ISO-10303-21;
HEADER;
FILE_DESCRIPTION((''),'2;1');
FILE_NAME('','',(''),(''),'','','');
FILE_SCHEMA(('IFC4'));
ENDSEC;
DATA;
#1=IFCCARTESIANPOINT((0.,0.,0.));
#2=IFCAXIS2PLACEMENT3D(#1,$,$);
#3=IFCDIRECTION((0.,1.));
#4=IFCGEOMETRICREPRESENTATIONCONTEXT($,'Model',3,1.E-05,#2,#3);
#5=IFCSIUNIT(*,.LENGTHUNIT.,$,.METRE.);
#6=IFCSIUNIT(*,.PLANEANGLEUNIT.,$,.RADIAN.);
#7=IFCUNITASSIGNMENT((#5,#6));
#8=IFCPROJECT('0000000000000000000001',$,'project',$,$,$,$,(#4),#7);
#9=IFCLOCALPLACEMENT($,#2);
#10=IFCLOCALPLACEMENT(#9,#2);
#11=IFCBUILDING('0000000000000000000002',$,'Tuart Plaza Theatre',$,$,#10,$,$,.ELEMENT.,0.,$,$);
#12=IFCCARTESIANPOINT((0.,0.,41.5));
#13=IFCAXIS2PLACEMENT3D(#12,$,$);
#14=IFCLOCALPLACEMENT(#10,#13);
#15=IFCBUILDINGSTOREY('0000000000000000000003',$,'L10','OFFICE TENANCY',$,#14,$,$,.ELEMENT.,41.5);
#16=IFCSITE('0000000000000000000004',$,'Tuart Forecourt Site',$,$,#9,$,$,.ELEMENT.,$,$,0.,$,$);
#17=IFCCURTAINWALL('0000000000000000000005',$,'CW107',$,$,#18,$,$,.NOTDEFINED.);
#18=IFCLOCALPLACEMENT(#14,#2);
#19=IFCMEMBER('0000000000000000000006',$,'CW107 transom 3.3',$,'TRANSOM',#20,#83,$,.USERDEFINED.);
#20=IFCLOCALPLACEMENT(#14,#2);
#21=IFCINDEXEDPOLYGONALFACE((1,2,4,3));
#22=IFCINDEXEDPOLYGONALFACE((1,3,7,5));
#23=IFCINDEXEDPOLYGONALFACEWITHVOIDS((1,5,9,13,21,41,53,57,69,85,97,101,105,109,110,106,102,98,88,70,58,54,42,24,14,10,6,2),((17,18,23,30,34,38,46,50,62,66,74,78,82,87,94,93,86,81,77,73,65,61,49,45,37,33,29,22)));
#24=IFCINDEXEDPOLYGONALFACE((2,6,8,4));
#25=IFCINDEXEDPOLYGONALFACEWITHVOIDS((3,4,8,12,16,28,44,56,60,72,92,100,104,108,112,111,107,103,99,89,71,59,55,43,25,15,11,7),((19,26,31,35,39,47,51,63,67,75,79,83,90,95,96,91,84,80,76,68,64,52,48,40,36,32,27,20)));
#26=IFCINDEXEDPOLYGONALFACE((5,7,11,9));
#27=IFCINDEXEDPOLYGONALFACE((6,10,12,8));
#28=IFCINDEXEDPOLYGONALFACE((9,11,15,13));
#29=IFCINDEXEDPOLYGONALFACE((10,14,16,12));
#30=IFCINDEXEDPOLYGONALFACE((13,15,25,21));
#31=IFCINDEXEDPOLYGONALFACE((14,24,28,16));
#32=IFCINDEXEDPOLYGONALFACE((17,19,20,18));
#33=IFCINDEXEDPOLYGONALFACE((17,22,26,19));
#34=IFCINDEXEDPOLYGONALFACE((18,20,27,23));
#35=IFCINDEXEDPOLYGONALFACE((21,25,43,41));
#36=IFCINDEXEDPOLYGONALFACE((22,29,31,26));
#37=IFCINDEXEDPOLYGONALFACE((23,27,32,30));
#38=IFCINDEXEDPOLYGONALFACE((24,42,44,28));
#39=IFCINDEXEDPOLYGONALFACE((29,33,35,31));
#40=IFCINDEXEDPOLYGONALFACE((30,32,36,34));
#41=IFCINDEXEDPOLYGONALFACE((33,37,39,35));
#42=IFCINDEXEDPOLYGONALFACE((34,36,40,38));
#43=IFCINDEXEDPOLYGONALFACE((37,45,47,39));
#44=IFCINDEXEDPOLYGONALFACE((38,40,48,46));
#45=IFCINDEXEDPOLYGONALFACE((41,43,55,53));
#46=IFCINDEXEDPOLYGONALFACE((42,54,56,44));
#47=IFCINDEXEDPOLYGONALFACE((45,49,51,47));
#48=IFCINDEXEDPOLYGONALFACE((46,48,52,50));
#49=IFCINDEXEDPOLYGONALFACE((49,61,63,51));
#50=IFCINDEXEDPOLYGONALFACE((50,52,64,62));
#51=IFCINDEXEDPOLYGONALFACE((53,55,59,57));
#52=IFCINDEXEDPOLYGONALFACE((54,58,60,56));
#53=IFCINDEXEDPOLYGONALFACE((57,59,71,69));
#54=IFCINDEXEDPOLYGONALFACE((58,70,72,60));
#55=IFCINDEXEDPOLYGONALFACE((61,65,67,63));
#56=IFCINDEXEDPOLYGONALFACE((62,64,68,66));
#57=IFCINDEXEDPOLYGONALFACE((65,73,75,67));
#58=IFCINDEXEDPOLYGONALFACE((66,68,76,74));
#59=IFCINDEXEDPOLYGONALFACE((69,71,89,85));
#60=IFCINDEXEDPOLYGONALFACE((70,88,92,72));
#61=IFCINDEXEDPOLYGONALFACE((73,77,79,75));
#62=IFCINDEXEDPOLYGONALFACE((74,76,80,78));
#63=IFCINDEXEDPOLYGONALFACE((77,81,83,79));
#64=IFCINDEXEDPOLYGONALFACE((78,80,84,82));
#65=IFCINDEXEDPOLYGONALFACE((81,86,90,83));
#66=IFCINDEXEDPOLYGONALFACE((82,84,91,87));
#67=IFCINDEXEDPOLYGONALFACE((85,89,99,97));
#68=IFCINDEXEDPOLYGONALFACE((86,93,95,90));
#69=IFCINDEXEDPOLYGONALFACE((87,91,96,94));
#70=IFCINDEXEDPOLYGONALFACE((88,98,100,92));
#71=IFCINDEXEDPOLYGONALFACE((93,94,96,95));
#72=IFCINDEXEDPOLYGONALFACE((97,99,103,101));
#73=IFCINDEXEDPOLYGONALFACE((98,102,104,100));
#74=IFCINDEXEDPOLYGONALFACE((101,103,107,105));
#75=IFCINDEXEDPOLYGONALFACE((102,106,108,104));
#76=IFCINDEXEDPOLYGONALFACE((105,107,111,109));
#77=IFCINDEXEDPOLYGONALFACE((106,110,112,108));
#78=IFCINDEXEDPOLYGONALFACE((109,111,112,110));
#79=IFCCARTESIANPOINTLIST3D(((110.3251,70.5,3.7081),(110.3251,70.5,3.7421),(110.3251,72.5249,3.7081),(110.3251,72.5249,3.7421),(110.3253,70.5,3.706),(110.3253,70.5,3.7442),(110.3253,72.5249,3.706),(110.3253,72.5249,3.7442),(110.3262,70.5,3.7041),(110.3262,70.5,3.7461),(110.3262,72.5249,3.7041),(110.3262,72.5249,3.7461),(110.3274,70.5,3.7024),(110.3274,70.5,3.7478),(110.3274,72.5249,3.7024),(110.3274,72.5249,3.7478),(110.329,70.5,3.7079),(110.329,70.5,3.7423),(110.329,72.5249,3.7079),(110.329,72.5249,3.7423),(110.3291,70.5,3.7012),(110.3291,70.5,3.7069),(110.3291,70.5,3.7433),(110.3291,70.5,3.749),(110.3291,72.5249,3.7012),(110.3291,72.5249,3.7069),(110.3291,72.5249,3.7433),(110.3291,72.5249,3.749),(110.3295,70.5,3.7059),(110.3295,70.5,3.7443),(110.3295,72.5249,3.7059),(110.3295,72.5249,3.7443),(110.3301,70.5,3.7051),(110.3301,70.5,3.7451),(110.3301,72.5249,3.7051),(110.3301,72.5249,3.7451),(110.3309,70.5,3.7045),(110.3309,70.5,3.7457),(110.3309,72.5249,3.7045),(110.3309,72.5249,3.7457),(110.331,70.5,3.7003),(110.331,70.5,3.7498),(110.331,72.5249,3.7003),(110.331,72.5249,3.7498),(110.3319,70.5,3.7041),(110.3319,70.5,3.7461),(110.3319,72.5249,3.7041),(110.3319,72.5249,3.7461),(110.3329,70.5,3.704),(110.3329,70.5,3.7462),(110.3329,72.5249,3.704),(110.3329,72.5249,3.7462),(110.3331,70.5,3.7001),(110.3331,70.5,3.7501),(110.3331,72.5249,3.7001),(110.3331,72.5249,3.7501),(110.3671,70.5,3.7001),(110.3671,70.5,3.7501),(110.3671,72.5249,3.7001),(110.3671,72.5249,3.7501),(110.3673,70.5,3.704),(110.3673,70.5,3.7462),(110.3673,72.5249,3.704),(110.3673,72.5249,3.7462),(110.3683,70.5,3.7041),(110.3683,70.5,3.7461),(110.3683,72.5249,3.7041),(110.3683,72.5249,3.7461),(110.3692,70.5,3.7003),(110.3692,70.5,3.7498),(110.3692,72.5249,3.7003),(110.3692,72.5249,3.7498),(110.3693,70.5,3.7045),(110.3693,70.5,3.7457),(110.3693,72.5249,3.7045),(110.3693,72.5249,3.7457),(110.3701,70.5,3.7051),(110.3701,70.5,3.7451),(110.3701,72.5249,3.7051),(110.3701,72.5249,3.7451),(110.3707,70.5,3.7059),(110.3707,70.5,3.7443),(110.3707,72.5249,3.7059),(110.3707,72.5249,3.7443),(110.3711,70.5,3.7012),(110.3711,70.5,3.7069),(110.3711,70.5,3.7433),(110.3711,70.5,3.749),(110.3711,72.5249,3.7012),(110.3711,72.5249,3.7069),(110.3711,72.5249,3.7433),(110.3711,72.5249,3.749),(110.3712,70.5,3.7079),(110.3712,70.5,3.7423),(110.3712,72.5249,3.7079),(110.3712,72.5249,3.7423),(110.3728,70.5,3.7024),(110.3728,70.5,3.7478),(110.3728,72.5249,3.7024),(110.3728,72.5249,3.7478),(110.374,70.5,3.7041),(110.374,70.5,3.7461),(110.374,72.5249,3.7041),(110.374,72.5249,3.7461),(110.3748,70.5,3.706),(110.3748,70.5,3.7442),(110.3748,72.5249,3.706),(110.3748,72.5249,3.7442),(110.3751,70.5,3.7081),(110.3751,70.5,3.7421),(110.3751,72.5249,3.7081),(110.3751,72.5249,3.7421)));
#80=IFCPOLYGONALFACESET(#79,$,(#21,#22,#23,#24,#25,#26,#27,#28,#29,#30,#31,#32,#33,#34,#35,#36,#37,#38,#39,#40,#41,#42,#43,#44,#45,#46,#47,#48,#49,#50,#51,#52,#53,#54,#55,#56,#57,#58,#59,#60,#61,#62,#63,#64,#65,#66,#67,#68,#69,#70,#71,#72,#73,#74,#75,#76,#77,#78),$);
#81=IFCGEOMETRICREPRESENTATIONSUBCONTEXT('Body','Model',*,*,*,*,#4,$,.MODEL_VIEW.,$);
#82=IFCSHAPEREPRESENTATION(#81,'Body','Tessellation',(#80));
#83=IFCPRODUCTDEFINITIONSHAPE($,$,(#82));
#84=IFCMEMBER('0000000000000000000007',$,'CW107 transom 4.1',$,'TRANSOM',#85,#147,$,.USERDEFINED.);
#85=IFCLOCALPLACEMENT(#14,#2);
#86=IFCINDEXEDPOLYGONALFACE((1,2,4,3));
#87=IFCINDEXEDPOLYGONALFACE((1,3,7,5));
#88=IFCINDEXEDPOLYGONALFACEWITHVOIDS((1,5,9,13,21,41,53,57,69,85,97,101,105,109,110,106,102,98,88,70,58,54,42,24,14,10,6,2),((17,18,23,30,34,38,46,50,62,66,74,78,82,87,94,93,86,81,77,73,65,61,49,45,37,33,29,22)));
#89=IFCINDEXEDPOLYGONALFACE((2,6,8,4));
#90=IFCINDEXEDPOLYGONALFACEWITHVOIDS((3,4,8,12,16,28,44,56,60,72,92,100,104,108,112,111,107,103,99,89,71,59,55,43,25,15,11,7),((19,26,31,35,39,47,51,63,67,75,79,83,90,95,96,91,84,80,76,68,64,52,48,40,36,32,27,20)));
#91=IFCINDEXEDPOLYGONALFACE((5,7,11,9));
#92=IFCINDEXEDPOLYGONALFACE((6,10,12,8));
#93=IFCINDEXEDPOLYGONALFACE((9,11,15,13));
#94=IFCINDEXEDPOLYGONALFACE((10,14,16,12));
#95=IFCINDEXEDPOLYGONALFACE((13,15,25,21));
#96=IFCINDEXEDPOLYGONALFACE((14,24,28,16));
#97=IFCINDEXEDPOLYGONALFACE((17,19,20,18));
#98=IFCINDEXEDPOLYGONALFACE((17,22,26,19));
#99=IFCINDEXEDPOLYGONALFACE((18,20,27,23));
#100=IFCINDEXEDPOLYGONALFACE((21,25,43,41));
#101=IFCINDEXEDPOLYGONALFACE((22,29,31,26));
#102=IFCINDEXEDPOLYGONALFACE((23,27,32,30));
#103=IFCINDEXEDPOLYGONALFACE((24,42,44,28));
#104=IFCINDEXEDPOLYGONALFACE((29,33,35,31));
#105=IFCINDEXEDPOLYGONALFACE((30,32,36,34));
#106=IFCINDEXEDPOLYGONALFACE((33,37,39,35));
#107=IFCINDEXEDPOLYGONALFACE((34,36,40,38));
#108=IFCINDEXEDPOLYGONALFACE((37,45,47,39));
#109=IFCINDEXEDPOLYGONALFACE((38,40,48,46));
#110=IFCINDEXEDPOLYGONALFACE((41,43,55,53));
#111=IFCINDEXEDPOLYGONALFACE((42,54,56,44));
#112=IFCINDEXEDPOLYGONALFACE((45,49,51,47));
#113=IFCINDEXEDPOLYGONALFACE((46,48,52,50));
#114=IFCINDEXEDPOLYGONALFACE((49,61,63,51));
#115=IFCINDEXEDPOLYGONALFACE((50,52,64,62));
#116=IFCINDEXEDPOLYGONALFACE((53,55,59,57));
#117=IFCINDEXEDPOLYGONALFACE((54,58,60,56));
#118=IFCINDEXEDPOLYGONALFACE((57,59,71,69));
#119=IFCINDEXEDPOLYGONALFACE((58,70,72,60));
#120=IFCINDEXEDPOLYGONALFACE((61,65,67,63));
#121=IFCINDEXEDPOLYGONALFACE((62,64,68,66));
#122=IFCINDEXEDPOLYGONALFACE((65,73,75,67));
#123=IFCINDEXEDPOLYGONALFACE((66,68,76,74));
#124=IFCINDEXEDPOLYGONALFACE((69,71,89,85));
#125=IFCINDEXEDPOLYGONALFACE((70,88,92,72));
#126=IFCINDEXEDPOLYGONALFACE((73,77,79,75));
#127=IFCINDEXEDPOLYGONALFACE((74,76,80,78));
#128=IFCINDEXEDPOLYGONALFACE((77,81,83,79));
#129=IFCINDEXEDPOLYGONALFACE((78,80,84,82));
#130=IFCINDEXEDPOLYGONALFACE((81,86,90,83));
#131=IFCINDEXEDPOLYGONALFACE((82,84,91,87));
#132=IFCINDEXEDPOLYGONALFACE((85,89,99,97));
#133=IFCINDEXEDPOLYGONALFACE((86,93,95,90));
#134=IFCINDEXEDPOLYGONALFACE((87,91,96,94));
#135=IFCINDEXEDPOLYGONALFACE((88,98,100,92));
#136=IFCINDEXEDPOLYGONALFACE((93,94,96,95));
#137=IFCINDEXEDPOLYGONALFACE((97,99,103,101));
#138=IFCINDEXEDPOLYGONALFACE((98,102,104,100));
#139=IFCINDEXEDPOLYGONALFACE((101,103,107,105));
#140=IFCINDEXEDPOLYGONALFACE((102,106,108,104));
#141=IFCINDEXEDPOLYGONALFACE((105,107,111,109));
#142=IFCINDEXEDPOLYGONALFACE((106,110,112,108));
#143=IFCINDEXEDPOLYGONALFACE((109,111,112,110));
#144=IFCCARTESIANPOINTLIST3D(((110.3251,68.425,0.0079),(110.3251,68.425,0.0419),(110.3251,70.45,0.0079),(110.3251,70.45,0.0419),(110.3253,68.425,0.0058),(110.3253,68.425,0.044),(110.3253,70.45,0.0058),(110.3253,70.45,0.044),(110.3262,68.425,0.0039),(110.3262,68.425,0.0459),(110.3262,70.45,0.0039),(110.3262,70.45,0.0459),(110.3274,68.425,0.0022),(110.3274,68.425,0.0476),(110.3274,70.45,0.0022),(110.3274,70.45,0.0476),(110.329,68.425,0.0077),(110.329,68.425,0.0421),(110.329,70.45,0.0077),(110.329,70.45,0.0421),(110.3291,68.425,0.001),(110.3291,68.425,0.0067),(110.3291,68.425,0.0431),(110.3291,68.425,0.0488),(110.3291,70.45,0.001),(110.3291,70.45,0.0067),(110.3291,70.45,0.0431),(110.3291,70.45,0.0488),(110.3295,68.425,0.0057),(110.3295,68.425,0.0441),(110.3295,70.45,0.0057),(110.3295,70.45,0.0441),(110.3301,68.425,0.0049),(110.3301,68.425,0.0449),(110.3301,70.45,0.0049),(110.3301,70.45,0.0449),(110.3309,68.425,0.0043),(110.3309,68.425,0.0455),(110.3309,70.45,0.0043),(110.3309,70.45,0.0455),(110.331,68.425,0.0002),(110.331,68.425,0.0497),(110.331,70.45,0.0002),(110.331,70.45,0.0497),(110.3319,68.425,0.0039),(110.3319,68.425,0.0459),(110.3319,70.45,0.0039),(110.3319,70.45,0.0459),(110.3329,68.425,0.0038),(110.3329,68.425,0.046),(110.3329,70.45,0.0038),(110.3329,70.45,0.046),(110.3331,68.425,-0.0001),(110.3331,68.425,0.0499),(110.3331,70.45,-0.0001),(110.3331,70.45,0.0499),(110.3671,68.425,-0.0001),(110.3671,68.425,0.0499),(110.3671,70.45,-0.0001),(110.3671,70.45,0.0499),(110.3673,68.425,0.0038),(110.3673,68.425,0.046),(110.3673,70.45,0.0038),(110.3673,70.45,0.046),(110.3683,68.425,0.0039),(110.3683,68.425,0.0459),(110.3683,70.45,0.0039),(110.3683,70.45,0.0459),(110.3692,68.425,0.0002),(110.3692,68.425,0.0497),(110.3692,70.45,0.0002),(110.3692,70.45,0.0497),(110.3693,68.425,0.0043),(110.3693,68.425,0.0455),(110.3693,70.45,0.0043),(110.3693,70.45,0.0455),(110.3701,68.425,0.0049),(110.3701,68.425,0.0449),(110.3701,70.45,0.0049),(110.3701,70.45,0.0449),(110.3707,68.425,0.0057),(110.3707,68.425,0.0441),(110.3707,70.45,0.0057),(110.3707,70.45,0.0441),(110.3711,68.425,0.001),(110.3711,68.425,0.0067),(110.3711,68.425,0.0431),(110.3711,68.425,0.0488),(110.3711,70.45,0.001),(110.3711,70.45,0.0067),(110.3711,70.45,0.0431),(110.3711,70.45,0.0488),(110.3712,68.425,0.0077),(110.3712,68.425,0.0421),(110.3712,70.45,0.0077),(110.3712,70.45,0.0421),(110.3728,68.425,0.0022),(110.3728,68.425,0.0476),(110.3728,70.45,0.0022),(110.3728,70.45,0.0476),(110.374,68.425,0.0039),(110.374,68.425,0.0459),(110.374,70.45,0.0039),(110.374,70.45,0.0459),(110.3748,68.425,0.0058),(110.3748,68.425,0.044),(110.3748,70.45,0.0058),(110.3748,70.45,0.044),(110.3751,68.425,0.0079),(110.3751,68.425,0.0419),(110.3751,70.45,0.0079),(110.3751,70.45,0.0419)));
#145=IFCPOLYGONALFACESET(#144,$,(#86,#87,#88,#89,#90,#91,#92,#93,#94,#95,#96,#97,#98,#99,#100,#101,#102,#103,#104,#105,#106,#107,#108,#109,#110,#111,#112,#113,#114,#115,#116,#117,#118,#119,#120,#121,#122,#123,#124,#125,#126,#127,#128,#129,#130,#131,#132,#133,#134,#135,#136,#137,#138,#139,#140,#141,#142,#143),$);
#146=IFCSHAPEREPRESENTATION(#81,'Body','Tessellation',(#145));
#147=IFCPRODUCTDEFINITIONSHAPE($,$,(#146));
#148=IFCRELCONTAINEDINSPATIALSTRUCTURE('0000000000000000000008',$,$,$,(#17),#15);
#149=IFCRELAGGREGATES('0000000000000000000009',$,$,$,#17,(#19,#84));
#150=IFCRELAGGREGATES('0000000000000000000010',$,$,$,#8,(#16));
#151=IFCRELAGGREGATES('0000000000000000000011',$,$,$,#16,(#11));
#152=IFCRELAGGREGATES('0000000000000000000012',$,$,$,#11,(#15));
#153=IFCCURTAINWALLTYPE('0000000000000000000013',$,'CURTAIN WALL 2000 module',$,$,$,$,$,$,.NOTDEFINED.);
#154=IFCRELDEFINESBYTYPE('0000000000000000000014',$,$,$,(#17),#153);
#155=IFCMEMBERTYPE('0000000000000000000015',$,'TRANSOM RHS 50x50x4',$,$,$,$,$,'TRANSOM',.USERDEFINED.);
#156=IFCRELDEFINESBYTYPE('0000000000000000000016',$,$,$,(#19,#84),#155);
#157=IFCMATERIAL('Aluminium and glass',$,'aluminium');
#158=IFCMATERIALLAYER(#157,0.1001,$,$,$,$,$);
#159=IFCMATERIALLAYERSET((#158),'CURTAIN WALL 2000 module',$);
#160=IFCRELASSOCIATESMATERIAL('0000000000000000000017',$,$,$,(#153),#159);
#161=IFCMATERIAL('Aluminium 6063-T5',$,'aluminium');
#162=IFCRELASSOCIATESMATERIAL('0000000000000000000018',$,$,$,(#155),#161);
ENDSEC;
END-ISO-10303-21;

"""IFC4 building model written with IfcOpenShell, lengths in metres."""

from ifc_helpers import new_model, si_unit, direction, frame, origin, origin_2d, place, context, subcontext, project, spatial, hollow_rectangle, extrude, material, layer, layer_set, material_profile, profile_set, type_object, element, aggregate, save


model = new_model("IFC4")

# Units and contexts
model_context = context("Model", 3, precision=1e-05, world=origin(), true_north=direction((0.0, 1.0)))
body_context = subcontext(model_context, "Body", "Model", "MODEL_VIEW")
ifc_project = project(units=[si_unit("LENGTHUNIT", "METRE"), si_unit("PLANEANGLEUNIT", "RADIAN")], contexts=[model_context])

# Site, building, storey
site_placement = place(None, origin())
site = spatial("IfcSite", under=ifc_project, at=site_placement, Name="Tuart Forecourt Site", CompositionType="ELEMENT", RefElevation=0.0)
building_placement = place(site_placement, origin())
building = spatial("IfcBuilding", under=site, at=building_placement, Name="Tuart Plaza Theatre", CompositionType="ELEMENT", ElevationOfRefHeight=0.0)
storey_placement = place(building_placement, frame((0.0, 0.0, 41.5)))
storey = spatial("IfcBuildingStorey", under=building, at=storey_placement, Name="L10", Description="OFFICE TENANCY", CompositionType="ELEMENT", Elevation=41.5)

# Curtain wall
ifc_material_1 = material(Name="Aluminium and glass", Category="aluminium")
ifc_layer_1 = layer(ifc_material_1, 0.1001)
ifc_layer_set_1 = layer_set([ifc_layer_1], Name="CURTAIN WALL 2000 module")
curtain_wall_type = type_object("IfcCurtainWallType", Name="CURTAIN WALL 2000 module", PredefinedType="NOTDEFINED", material=ifc_layer_set_1)
curtain_wall_1_placement = place(storey_placement, origin())
curtain_wall_1 = element("IfcCurtainWall", 1, at=curtain_wall_1_placement, inside=storey, type_object=curtain_wall_type, Name="CW107", PredefinedType="NOTDEFINED")
ifc_material_2 = material(Name="Aluminium 6063-T5", Category="aluminium")
ifc_material_profile_1 = material_profile(ifc_material_2, hollow_rectangle(XDim=0.05, YDim=0.05, WallThickness=0.0039, InnerFilletRadius=0.0039, OuterFilletRadius=0.0081, at=origin_2d()), Name="RHS 50x50x4")
ifc_profile_set_1 = profile_set([ifc_material_profile_1], Name="Aluminium 6063-T5")
member_type_1 = type_object("IfcMemberType", Name="TRANSOM RHS 50x50x4", ElementType="TRANSOM", PredefinedType="USERDEFINED", material=ifc_profile_set_1)

# Members
member_1_placement = place(storey_placement, frame((110.3501, 72.5249, 3.7251), z_axis=(0.0, -1.0, 0.0), x_axis=(1.0, 0.0, 0.0)))
member_1 = element("IfcMember", 2, at=member_1_placement, type_object=member_type_1, Name="CW107 transom 3.3", ObjectType="TRANSOM", PredefinedType="USERDEFINED", context=body_context, shape_type="SweptSolid", body=[
    extrude(hollow_rectangle(XDim=0.05, YDim=0.05, WallThickness=0.0039, InnerFilletRadius=0.0039, OuterFilletRadius=0.0081, at=origin_2d()), origin(), (0.0, 0.0, 1.0), 2.0249),
])
member_2_placement = place(storey_placement, frame((110.3501, 70.45, 0.0249), z_axis=(0.0, -1.0, 0.0), x_axis=(1.0, 0.0, 0.0)))
member_2 = element("IfcMember", 3, at=member_2_placement, type_object=member_type_1, Name="CW107 transom 4.1", ObjectType="TRANSOM", PredefinedType="USERDEFINED", context=body_context, shape_type="SweptSolid", body=[
    extrude(hollow_rectangle(XDim=0.05, YDim=0.05, WallThickness=0.0039, InnerFilletRadius=0.0039, OuterFilletRadius=0.0081, at=origin_2d()), origin(), (0.0, 0.0, 1.0), 2.0249),
])

aggregate(curtain_wall_1, [member_1, member_2])

save(model, "model.ifc")
